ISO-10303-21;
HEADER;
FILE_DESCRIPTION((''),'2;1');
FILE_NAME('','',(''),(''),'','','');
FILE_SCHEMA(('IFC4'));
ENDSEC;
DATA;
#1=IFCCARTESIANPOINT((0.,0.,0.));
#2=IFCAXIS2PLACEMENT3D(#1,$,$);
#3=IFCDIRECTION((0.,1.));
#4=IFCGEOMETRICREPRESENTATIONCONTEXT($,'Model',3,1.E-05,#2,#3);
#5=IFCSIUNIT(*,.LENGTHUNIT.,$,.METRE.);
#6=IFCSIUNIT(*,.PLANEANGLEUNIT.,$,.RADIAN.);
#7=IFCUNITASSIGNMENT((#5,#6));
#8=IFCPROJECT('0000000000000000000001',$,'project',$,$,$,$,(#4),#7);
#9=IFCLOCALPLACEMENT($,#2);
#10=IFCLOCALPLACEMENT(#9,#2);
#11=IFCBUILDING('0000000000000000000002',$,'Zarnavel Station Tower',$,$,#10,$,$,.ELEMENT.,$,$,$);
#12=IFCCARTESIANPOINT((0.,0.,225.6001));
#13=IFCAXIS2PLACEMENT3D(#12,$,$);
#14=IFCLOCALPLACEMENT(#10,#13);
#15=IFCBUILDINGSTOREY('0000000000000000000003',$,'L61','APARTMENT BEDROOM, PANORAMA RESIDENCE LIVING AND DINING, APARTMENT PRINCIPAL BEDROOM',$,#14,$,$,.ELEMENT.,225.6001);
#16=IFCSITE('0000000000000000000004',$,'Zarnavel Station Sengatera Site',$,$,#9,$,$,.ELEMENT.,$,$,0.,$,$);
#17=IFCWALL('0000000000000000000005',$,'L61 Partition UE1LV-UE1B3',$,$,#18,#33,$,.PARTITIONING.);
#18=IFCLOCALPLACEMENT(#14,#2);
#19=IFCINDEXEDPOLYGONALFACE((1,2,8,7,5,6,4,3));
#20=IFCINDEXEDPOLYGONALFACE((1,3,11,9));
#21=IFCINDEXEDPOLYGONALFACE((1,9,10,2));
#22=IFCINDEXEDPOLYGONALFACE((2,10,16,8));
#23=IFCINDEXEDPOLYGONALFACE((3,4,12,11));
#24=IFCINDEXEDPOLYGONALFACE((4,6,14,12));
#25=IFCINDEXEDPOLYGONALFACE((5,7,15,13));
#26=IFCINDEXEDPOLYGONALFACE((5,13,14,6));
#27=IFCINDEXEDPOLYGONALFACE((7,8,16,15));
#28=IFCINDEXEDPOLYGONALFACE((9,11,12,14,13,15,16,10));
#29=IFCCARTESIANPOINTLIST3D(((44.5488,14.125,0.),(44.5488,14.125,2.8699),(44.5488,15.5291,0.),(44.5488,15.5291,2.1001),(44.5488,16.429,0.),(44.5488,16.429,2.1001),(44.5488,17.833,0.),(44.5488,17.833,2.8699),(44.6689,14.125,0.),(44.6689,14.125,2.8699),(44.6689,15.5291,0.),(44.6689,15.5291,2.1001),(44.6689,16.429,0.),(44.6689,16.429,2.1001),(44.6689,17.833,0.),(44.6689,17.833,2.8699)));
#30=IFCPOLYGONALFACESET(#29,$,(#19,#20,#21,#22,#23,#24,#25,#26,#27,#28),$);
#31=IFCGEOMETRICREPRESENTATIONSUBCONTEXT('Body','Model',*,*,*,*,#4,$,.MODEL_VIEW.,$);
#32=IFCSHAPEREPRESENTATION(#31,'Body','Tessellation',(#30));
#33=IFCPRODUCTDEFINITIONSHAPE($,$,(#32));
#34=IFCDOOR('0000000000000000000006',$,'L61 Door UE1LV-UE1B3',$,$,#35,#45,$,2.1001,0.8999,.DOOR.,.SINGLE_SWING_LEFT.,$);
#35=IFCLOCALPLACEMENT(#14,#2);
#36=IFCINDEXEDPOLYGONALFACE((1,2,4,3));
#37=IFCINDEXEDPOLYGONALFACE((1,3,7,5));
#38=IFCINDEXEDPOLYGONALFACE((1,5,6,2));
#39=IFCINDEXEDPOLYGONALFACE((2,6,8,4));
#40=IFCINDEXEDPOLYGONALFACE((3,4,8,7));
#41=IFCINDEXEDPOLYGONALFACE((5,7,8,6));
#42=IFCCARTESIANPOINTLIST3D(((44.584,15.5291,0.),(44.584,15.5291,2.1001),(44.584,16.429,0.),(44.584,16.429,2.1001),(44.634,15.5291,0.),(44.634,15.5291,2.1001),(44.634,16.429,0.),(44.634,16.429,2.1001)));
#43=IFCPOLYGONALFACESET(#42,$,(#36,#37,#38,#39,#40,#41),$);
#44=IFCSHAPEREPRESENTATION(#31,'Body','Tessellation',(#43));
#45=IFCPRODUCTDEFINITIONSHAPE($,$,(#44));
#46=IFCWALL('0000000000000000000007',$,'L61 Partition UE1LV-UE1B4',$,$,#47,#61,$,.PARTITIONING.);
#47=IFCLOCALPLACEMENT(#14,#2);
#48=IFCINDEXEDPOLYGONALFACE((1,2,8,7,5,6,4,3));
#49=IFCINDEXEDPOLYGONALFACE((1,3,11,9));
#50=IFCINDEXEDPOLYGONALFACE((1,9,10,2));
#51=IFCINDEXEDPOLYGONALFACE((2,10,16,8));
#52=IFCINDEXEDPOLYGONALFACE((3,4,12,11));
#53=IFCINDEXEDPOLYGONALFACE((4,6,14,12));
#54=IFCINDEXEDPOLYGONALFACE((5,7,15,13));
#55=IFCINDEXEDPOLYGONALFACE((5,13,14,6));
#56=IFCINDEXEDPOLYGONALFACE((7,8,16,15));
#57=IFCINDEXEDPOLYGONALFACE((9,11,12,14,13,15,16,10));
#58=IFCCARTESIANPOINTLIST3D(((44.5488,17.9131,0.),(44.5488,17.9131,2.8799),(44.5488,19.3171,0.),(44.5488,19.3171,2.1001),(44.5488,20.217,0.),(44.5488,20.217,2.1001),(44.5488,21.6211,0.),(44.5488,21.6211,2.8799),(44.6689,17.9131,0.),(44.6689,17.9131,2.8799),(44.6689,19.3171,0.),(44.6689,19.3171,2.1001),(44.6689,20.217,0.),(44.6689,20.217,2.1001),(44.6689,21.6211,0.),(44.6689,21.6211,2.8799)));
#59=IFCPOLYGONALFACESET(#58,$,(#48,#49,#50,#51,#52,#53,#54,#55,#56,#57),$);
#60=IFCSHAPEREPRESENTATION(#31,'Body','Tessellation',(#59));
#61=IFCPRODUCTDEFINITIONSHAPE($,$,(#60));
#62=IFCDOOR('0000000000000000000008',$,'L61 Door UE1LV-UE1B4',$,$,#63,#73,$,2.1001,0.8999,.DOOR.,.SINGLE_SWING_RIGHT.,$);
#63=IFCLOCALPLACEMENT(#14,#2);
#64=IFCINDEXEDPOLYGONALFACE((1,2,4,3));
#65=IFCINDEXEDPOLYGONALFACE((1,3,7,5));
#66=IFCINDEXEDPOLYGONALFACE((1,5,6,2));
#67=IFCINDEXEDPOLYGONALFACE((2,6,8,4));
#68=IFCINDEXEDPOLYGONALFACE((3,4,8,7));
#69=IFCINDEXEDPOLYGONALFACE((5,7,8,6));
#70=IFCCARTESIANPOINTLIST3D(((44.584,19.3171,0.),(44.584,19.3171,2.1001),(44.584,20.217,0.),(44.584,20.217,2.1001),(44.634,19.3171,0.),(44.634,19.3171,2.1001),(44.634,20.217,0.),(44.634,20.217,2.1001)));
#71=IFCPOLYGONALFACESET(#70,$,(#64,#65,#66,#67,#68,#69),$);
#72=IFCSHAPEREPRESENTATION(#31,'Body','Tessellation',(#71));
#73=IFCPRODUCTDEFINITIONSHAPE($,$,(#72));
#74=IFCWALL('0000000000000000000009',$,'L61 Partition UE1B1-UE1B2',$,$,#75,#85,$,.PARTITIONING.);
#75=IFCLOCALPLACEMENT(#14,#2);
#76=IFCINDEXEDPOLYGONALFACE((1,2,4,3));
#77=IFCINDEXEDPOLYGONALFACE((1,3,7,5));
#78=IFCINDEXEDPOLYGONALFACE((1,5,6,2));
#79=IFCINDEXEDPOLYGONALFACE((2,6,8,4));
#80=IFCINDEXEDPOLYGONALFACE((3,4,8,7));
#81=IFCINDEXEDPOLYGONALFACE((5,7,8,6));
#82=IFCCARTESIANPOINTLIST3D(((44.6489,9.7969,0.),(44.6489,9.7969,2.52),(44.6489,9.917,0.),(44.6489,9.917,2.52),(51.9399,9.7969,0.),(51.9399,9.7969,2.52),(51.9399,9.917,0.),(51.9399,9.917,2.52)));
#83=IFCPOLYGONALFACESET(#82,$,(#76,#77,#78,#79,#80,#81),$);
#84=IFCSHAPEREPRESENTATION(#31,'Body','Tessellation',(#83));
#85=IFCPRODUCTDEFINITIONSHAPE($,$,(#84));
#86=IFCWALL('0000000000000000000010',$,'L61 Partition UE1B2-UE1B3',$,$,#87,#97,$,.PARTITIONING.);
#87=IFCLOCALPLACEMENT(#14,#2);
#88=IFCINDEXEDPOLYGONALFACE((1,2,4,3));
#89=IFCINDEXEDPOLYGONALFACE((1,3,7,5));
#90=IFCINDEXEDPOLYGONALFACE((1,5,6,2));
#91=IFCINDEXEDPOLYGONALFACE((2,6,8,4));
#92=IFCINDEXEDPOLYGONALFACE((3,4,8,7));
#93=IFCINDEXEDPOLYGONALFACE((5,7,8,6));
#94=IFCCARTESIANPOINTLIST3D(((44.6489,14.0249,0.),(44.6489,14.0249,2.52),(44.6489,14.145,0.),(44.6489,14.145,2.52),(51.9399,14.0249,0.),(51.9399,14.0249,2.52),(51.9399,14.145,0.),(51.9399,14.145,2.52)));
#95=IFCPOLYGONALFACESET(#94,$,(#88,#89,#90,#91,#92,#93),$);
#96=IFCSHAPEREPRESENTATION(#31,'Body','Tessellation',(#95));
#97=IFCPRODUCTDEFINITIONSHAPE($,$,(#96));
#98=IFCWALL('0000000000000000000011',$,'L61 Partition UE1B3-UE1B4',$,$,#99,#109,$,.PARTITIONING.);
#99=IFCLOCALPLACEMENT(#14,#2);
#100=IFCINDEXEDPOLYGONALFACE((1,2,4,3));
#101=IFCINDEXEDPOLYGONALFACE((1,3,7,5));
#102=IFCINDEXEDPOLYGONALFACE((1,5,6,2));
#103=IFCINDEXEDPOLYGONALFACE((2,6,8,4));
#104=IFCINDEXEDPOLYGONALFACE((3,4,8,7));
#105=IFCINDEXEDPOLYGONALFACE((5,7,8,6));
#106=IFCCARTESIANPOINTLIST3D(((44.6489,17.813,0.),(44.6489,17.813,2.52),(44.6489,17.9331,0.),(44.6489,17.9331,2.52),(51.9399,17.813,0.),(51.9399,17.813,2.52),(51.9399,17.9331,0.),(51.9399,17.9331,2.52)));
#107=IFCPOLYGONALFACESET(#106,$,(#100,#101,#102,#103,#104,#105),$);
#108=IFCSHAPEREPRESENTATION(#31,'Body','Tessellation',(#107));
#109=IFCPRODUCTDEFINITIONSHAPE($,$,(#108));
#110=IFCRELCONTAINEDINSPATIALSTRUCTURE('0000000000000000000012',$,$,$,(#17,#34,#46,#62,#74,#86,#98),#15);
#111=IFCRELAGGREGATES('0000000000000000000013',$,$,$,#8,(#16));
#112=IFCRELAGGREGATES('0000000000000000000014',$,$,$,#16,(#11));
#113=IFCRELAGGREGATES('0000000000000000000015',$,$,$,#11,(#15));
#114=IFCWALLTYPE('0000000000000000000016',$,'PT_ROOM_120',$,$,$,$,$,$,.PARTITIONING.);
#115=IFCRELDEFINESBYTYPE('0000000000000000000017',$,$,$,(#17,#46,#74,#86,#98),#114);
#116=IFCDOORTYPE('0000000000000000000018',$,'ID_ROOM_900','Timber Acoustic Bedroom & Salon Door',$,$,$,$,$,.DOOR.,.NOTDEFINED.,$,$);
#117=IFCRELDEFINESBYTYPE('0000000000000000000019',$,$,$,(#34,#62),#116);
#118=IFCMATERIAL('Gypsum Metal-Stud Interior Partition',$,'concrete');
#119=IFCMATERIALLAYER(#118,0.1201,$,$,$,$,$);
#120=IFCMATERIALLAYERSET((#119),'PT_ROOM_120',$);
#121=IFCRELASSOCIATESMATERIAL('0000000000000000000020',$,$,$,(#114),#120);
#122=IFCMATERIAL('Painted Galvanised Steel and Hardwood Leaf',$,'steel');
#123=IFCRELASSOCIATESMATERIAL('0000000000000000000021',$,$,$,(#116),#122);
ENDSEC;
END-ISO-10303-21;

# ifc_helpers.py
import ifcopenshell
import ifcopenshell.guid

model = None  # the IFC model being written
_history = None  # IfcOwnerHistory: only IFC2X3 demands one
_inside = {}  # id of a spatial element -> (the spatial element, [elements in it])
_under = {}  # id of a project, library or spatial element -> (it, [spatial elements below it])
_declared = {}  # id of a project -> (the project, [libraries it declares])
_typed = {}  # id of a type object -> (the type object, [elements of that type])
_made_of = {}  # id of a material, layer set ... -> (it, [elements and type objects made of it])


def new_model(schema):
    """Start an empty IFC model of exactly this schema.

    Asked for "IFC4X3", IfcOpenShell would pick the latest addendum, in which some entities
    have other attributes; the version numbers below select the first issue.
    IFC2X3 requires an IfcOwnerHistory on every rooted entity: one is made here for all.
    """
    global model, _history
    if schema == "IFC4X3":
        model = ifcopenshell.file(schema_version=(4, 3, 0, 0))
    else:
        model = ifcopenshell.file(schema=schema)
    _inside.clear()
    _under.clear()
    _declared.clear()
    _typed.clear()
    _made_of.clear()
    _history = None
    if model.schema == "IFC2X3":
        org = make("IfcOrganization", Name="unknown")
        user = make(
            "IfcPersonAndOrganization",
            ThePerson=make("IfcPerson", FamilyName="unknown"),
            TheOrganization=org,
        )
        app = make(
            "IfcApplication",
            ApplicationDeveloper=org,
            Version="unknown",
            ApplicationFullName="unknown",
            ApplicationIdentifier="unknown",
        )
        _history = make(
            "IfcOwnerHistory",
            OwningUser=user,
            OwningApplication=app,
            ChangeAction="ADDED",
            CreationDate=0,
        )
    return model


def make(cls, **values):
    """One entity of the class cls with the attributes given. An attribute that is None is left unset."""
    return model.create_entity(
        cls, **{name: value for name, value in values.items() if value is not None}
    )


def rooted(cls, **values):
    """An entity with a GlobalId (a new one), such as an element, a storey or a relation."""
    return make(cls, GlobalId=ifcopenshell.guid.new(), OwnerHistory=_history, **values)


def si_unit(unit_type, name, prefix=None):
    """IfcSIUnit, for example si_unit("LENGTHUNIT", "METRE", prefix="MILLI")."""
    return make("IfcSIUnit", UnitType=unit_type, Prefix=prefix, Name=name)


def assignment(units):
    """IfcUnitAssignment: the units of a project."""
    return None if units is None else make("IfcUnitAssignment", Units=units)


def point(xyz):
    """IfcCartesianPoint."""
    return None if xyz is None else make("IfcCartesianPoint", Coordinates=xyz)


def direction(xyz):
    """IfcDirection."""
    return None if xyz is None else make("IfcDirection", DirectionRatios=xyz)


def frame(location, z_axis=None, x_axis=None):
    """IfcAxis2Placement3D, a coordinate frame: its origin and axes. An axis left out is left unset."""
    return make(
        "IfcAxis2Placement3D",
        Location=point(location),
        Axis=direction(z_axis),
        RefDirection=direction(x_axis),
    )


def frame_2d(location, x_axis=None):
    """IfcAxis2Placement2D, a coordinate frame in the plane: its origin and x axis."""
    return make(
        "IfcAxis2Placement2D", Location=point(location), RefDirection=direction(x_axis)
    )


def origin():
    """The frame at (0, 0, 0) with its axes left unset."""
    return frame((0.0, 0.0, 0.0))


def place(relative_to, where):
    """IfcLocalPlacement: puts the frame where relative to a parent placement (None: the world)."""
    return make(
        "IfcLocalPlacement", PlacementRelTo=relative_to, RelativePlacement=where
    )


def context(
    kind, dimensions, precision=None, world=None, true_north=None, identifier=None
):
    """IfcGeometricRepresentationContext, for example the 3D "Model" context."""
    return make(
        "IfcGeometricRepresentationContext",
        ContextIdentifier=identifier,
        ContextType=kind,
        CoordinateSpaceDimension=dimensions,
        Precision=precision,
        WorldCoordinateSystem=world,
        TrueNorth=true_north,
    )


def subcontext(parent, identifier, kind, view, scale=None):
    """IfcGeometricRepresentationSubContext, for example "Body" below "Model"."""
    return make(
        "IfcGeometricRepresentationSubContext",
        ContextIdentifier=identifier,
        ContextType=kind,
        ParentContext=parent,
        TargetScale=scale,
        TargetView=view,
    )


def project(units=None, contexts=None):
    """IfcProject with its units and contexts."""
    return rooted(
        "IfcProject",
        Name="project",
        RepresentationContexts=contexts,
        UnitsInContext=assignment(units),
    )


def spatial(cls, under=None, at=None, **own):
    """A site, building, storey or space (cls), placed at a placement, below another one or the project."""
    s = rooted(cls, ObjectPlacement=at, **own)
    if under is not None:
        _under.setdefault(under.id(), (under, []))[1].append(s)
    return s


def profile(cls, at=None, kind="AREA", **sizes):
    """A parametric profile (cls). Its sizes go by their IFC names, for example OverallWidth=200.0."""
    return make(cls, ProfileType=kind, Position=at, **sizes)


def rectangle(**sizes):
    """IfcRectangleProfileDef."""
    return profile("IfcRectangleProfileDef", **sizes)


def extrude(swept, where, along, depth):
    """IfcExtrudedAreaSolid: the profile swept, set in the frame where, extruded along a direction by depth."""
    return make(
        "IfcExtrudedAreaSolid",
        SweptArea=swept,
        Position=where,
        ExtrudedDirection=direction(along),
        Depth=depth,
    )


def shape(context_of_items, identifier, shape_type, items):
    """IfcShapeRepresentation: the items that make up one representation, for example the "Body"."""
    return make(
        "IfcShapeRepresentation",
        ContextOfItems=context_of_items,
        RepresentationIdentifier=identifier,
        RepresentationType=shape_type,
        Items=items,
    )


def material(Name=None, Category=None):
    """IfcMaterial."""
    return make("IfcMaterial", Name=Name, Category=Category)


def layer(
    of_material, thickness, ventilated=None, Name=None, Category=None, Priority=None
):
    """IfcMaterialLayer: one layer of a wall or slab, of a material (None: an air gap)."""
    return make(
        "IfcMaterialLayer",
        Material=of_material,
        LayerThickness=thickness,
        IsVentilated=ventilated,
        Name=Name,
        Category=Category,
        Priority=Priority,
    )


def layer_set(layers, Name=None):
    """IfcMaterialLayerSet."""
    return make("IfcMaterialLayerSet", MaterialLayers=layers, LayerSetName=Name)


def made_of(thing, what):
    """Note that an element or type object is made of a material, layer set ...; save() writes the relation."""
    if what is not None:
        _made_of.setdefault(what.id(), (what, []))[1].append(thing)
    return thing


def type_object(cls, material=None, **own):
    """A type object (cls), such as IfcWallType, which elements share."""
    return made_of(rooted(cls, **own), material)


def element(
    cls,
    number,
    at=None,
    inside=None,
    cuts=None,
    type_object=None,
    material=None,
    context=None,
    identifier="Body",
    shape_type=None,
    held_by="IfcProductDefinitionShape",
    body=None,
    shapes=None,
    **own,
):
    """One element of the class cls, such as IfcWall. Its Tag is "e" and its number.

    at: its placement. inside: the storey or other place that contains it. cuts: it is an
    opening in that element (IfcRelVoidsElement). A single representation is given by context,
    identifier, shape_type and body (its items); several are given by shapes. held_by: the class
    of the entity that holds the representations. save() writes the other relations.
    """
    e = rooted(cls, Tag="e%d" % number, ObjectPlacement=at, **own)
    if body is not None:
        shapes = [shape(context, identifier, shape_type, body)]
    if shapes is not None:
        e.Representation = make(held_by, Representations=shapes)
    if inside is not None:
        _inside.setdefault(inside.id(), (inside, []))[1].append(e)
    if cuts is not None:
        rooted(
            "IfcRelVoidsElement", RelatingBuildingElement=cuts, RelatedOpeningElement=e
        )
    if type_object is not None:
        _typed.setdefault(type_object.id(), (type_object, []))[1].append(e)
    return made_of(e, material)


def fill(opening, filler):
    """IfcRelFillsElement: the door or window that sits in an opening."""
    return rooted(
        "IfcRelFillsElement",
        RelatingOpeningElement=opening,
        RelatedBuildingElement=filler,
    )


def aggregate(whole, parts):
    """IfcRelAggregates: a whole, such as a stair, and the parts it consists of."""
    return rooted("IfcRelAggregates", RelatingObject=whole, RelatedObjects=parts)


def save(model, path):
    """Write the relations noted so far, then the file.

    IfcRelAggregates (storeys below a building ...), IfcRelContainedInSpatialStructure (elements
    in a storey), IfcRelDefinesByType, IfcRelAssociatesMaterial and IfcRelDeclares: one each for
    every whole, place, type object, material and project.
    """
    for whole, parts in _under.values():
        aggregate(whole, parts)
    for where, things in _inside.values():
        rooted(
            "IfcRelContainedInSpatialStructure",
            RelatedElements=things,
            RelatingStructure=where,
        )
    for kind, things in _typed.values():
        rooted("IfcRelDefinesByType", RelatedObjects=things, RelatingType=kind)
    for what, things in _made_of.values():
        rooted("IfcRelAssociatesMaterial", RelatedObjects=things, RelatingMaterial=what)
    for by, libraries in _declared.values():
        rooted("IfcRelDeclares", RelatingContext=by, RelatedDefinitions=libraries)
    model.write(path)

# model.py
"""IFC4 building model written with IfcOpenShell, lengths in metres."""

from ifc_helpers import new_model, si_unit, direction, frame, frame_2d, origin, place, context, subcontext, project, spatial, rectangle, extrude, material, layer, layer_set, type_object, element, fill, save


model = new_model("IFC4")

# Units and contexts
model_context = context("Model", 3, precision=1e-05, world=origin(), true_north=direction((0.0, 1.0)))
body_context = subcontext(model_context, "Body", "Model", "MODEL_VIEW")
ifc_project = project(units=[si_unit("LENGTHUNIT", "METRE"), si_unit("PLANEANGLEUNIT", "RADIAN")], contexts=[model_context])

# Site, building, storey
site_placement = place(None, origin())
site = spatial("IfcSite", under=ifc_project, at=site_placement, Name="Zarnavel Station Sengatera Site", CompositionType="ELEMENT", RefElevation=0.0)
building_placement = place(site_placement, origin())
building = spatial("IfcBuilding", under=site, at=building_placement, Name="Zarnavel Station Tower", CompositionType="ELEMENT")
storey_placement = place(building_placement, frame((0.0, 0.0, 225.6001)))
storey = spatial("IfcBuildingStorey", under=building, at=storey_placement, Name="L61", Description="APARTMENT BEDROOM, PANORAMA RESIDENCE LIVING AND DINING, APARTMENT PRINCIPAL BEDROOM", CompositionType="ELEMENT", Elevation=225.6001)

# Walls, openings, doors
ifc_material_1 = material(Name="Gypsum Metal-Stud Interior Partition", Category="concrete")
ifc_layer_1 = layer(ifc_material_1, 0.1201)
ifc_layer_set_1 = layer_set([ifc_layer_1], Name="PT_ROOM_120")
wall_type_1 = type_object("IfcWallType", Name="PT_ROOM_120", PredefinedType="PARTITIONING", material=ifc_layer_set_1)
ifc_material_2 = material(Name="Painted Galvanised Steel and Hardwood Leaf", Category="steel")
door_type = type_object("IfcDoorType", Name="ID_ROOM_900", Description="Timber Acoustic Bedroom & Salon Door", OperationType="NOTDEFINED", PredefinedType="DOOR", material=ifc_material_2)
wall_1_placement = place(storey_placement, frame((44.6089, 14.125, 0.0), z_axis=(0.0, 0.0, 1.0), x_axis=(0.0, 1.0, 0.0)))
wall_1 = element("IfcWall", 1, at=wall_1_placement, inside=storey, type_object=wall_type_1, Name="L61 Partition UE1LV-UE1B3", PredefinedType="PARTITIONING", context=body_context, shape_type="SweptSolid", body=[
    extrude(rectangle(XDim=3.708, YDim=0.1201, at=frame_2d((1.854, 0.0))), origin(), (0.0, 0.0, 1.0), 2.8699),
])
opening_1_placement = place(wall_1_placement, frame((1.4041, 0.0, 0.0)))
opening_1 = element("IfcOpeningElement", 2, at=opening_1_placement, cuts=wall_1, PredefinedType="OPENING", context=body_context, shape_type="SweptSolid", body=[
    extrude(rectangle(XDim=0.8999, YDim=2.1001, at=frame_2d((0.45, 1.05))), frame((0.0, 0.0701, 0.0), z_axis=(0.0, -1.0, 0.0), x_axis=(1.0, 0.0, 0.0)), (0.0, 0.0, 1.0), 0.1401),
])
door_1_placement = place(opening_1_placement, origin())
door_1 = element("IfcDoor", 3, at=door_1_placement, inside=storey, type_object=door_type, Name="L61 Door UE1LV-UE1B3", OperationType="SINGLE_SWING_LEFT", OverallHeight=2.1001, OverallWidth=0.8999, PredefinedType="DOOR", context=body_context, shape_type="SweptSolid", body=[
    extrude(rectangle(XDim=0.8999, YDim=2.1001, at=frame_2d((0.45, 1.05))), frame((0.0, 0.0249, 0.0), z_axis=(0.0, -1.0, 0.0), x_axis=(1.0, 0.0, 0.0)), (0.0, 0.0, 1.0), 0.05),
])
fill(opening_1, door_1)
wall_2_placement = place(storey_placement, frame((44.6089, 17.9131, 0.0), z_axis=(0.0, 0.0, 1.0), x_axis=(0.0, 1.0, 0.0)))
wall_2 = element("IfcWall", 4, at=wall_2_placement, inside=storey, type_object=wall_type_1, Name="L61 Partition UE1LV-UE1B4", PredefinedType="PARTITIONING", context=body_context, shape_type="SweptSolid", body=[
    extrude(rectangle(XDim=3.708, YDim=0.1201, at=frame_2d((1.854, 0.0))), origin(), (0.0, 0.0, 1.0), 2.8799),
])
opening_2_placement = place(wall_2_placement, frame((1.4041, 0.0, 0.0)))
opening_2 = element("IfcOpeningElement", 5, at=opening_2_placement, cuts=wall_2, PredefinedType="OPENING", context=body_context, shape_type="SweptSolid", body=[
    extrude(rectangle(XDim=0.8999, YDim=2.1001, at=frame_2d((0.45, 1.05))), frame((0.0, 0.0701, 0.0), z_axis=(0.0, -1.0, 0.0), x_axis=(1.0, 0.0, 0.0)), (0.0, 0.0, 1.0), 0.1401),
])
door_2_placement = place(opening_2_placement, origin())
door_2 = element("IfcDoor", 6, at=door_2_placement, inside=storey, type_object=door_type, Name="L61 Door UE1LV-UE1B4", OperationType="SINGLE_SWING_RIGHT", OverallHeight=2.1001, OverallWidth=0.8999, PredefinedType="DOOR", context=body_context, shape_type="SweptSolid", body=[
    extrude(rectangle(XDim=0.8999, YDim=2.1001, at=frame_2d((0.45, 1.05))), frame((0.0, 0.0249, 0.0), z_axis=(0.0, -1.0, 0.0), x_axis=(1.0, 0.0, 0.0)), (0.0, 0.0, 1.0), 0.05),
])
fill(opening_2, door_2)

# Walls
for number, where, z_axis, x_axis, name in (
    (7, (44.6489, 9.8569, 0.0), (0.0, 0.0, 1.0), (1.0, 0.0, 0.0), "L61 Partition UE1B1-UE1B2"),
    (8, (44.6489, 14.085, 0.0), (0.0, 0.0, 1.0), (1.0, 0.0, 0.0), "L61 Partition UE1B2-UE1B3"),
    (9, (44.6489, 17.873, 0.0), (0.0, 0.0, 1.0), (1.0, 0.0, 0.0), "L61 Partition UE1B3-UE1B4"),
):
    element("IfcWall", number, at=place(storey_placement, frame(where, z_axis=z_axis, x_axis=x_axis)), inside=storey, type_object=wall_type_1, Name=name, PredefinedType="PARTITIONING", context=body_context, shape_type="SweptSolid", body=[
        extrude(rectangle(XDim=7.291, YDim=0.1201, at=frame_2d((3.6455, 0.0))), origin(), (0.0, 0.0, 1.0), 2.52),
    ])

save(model, "model.ifc")
